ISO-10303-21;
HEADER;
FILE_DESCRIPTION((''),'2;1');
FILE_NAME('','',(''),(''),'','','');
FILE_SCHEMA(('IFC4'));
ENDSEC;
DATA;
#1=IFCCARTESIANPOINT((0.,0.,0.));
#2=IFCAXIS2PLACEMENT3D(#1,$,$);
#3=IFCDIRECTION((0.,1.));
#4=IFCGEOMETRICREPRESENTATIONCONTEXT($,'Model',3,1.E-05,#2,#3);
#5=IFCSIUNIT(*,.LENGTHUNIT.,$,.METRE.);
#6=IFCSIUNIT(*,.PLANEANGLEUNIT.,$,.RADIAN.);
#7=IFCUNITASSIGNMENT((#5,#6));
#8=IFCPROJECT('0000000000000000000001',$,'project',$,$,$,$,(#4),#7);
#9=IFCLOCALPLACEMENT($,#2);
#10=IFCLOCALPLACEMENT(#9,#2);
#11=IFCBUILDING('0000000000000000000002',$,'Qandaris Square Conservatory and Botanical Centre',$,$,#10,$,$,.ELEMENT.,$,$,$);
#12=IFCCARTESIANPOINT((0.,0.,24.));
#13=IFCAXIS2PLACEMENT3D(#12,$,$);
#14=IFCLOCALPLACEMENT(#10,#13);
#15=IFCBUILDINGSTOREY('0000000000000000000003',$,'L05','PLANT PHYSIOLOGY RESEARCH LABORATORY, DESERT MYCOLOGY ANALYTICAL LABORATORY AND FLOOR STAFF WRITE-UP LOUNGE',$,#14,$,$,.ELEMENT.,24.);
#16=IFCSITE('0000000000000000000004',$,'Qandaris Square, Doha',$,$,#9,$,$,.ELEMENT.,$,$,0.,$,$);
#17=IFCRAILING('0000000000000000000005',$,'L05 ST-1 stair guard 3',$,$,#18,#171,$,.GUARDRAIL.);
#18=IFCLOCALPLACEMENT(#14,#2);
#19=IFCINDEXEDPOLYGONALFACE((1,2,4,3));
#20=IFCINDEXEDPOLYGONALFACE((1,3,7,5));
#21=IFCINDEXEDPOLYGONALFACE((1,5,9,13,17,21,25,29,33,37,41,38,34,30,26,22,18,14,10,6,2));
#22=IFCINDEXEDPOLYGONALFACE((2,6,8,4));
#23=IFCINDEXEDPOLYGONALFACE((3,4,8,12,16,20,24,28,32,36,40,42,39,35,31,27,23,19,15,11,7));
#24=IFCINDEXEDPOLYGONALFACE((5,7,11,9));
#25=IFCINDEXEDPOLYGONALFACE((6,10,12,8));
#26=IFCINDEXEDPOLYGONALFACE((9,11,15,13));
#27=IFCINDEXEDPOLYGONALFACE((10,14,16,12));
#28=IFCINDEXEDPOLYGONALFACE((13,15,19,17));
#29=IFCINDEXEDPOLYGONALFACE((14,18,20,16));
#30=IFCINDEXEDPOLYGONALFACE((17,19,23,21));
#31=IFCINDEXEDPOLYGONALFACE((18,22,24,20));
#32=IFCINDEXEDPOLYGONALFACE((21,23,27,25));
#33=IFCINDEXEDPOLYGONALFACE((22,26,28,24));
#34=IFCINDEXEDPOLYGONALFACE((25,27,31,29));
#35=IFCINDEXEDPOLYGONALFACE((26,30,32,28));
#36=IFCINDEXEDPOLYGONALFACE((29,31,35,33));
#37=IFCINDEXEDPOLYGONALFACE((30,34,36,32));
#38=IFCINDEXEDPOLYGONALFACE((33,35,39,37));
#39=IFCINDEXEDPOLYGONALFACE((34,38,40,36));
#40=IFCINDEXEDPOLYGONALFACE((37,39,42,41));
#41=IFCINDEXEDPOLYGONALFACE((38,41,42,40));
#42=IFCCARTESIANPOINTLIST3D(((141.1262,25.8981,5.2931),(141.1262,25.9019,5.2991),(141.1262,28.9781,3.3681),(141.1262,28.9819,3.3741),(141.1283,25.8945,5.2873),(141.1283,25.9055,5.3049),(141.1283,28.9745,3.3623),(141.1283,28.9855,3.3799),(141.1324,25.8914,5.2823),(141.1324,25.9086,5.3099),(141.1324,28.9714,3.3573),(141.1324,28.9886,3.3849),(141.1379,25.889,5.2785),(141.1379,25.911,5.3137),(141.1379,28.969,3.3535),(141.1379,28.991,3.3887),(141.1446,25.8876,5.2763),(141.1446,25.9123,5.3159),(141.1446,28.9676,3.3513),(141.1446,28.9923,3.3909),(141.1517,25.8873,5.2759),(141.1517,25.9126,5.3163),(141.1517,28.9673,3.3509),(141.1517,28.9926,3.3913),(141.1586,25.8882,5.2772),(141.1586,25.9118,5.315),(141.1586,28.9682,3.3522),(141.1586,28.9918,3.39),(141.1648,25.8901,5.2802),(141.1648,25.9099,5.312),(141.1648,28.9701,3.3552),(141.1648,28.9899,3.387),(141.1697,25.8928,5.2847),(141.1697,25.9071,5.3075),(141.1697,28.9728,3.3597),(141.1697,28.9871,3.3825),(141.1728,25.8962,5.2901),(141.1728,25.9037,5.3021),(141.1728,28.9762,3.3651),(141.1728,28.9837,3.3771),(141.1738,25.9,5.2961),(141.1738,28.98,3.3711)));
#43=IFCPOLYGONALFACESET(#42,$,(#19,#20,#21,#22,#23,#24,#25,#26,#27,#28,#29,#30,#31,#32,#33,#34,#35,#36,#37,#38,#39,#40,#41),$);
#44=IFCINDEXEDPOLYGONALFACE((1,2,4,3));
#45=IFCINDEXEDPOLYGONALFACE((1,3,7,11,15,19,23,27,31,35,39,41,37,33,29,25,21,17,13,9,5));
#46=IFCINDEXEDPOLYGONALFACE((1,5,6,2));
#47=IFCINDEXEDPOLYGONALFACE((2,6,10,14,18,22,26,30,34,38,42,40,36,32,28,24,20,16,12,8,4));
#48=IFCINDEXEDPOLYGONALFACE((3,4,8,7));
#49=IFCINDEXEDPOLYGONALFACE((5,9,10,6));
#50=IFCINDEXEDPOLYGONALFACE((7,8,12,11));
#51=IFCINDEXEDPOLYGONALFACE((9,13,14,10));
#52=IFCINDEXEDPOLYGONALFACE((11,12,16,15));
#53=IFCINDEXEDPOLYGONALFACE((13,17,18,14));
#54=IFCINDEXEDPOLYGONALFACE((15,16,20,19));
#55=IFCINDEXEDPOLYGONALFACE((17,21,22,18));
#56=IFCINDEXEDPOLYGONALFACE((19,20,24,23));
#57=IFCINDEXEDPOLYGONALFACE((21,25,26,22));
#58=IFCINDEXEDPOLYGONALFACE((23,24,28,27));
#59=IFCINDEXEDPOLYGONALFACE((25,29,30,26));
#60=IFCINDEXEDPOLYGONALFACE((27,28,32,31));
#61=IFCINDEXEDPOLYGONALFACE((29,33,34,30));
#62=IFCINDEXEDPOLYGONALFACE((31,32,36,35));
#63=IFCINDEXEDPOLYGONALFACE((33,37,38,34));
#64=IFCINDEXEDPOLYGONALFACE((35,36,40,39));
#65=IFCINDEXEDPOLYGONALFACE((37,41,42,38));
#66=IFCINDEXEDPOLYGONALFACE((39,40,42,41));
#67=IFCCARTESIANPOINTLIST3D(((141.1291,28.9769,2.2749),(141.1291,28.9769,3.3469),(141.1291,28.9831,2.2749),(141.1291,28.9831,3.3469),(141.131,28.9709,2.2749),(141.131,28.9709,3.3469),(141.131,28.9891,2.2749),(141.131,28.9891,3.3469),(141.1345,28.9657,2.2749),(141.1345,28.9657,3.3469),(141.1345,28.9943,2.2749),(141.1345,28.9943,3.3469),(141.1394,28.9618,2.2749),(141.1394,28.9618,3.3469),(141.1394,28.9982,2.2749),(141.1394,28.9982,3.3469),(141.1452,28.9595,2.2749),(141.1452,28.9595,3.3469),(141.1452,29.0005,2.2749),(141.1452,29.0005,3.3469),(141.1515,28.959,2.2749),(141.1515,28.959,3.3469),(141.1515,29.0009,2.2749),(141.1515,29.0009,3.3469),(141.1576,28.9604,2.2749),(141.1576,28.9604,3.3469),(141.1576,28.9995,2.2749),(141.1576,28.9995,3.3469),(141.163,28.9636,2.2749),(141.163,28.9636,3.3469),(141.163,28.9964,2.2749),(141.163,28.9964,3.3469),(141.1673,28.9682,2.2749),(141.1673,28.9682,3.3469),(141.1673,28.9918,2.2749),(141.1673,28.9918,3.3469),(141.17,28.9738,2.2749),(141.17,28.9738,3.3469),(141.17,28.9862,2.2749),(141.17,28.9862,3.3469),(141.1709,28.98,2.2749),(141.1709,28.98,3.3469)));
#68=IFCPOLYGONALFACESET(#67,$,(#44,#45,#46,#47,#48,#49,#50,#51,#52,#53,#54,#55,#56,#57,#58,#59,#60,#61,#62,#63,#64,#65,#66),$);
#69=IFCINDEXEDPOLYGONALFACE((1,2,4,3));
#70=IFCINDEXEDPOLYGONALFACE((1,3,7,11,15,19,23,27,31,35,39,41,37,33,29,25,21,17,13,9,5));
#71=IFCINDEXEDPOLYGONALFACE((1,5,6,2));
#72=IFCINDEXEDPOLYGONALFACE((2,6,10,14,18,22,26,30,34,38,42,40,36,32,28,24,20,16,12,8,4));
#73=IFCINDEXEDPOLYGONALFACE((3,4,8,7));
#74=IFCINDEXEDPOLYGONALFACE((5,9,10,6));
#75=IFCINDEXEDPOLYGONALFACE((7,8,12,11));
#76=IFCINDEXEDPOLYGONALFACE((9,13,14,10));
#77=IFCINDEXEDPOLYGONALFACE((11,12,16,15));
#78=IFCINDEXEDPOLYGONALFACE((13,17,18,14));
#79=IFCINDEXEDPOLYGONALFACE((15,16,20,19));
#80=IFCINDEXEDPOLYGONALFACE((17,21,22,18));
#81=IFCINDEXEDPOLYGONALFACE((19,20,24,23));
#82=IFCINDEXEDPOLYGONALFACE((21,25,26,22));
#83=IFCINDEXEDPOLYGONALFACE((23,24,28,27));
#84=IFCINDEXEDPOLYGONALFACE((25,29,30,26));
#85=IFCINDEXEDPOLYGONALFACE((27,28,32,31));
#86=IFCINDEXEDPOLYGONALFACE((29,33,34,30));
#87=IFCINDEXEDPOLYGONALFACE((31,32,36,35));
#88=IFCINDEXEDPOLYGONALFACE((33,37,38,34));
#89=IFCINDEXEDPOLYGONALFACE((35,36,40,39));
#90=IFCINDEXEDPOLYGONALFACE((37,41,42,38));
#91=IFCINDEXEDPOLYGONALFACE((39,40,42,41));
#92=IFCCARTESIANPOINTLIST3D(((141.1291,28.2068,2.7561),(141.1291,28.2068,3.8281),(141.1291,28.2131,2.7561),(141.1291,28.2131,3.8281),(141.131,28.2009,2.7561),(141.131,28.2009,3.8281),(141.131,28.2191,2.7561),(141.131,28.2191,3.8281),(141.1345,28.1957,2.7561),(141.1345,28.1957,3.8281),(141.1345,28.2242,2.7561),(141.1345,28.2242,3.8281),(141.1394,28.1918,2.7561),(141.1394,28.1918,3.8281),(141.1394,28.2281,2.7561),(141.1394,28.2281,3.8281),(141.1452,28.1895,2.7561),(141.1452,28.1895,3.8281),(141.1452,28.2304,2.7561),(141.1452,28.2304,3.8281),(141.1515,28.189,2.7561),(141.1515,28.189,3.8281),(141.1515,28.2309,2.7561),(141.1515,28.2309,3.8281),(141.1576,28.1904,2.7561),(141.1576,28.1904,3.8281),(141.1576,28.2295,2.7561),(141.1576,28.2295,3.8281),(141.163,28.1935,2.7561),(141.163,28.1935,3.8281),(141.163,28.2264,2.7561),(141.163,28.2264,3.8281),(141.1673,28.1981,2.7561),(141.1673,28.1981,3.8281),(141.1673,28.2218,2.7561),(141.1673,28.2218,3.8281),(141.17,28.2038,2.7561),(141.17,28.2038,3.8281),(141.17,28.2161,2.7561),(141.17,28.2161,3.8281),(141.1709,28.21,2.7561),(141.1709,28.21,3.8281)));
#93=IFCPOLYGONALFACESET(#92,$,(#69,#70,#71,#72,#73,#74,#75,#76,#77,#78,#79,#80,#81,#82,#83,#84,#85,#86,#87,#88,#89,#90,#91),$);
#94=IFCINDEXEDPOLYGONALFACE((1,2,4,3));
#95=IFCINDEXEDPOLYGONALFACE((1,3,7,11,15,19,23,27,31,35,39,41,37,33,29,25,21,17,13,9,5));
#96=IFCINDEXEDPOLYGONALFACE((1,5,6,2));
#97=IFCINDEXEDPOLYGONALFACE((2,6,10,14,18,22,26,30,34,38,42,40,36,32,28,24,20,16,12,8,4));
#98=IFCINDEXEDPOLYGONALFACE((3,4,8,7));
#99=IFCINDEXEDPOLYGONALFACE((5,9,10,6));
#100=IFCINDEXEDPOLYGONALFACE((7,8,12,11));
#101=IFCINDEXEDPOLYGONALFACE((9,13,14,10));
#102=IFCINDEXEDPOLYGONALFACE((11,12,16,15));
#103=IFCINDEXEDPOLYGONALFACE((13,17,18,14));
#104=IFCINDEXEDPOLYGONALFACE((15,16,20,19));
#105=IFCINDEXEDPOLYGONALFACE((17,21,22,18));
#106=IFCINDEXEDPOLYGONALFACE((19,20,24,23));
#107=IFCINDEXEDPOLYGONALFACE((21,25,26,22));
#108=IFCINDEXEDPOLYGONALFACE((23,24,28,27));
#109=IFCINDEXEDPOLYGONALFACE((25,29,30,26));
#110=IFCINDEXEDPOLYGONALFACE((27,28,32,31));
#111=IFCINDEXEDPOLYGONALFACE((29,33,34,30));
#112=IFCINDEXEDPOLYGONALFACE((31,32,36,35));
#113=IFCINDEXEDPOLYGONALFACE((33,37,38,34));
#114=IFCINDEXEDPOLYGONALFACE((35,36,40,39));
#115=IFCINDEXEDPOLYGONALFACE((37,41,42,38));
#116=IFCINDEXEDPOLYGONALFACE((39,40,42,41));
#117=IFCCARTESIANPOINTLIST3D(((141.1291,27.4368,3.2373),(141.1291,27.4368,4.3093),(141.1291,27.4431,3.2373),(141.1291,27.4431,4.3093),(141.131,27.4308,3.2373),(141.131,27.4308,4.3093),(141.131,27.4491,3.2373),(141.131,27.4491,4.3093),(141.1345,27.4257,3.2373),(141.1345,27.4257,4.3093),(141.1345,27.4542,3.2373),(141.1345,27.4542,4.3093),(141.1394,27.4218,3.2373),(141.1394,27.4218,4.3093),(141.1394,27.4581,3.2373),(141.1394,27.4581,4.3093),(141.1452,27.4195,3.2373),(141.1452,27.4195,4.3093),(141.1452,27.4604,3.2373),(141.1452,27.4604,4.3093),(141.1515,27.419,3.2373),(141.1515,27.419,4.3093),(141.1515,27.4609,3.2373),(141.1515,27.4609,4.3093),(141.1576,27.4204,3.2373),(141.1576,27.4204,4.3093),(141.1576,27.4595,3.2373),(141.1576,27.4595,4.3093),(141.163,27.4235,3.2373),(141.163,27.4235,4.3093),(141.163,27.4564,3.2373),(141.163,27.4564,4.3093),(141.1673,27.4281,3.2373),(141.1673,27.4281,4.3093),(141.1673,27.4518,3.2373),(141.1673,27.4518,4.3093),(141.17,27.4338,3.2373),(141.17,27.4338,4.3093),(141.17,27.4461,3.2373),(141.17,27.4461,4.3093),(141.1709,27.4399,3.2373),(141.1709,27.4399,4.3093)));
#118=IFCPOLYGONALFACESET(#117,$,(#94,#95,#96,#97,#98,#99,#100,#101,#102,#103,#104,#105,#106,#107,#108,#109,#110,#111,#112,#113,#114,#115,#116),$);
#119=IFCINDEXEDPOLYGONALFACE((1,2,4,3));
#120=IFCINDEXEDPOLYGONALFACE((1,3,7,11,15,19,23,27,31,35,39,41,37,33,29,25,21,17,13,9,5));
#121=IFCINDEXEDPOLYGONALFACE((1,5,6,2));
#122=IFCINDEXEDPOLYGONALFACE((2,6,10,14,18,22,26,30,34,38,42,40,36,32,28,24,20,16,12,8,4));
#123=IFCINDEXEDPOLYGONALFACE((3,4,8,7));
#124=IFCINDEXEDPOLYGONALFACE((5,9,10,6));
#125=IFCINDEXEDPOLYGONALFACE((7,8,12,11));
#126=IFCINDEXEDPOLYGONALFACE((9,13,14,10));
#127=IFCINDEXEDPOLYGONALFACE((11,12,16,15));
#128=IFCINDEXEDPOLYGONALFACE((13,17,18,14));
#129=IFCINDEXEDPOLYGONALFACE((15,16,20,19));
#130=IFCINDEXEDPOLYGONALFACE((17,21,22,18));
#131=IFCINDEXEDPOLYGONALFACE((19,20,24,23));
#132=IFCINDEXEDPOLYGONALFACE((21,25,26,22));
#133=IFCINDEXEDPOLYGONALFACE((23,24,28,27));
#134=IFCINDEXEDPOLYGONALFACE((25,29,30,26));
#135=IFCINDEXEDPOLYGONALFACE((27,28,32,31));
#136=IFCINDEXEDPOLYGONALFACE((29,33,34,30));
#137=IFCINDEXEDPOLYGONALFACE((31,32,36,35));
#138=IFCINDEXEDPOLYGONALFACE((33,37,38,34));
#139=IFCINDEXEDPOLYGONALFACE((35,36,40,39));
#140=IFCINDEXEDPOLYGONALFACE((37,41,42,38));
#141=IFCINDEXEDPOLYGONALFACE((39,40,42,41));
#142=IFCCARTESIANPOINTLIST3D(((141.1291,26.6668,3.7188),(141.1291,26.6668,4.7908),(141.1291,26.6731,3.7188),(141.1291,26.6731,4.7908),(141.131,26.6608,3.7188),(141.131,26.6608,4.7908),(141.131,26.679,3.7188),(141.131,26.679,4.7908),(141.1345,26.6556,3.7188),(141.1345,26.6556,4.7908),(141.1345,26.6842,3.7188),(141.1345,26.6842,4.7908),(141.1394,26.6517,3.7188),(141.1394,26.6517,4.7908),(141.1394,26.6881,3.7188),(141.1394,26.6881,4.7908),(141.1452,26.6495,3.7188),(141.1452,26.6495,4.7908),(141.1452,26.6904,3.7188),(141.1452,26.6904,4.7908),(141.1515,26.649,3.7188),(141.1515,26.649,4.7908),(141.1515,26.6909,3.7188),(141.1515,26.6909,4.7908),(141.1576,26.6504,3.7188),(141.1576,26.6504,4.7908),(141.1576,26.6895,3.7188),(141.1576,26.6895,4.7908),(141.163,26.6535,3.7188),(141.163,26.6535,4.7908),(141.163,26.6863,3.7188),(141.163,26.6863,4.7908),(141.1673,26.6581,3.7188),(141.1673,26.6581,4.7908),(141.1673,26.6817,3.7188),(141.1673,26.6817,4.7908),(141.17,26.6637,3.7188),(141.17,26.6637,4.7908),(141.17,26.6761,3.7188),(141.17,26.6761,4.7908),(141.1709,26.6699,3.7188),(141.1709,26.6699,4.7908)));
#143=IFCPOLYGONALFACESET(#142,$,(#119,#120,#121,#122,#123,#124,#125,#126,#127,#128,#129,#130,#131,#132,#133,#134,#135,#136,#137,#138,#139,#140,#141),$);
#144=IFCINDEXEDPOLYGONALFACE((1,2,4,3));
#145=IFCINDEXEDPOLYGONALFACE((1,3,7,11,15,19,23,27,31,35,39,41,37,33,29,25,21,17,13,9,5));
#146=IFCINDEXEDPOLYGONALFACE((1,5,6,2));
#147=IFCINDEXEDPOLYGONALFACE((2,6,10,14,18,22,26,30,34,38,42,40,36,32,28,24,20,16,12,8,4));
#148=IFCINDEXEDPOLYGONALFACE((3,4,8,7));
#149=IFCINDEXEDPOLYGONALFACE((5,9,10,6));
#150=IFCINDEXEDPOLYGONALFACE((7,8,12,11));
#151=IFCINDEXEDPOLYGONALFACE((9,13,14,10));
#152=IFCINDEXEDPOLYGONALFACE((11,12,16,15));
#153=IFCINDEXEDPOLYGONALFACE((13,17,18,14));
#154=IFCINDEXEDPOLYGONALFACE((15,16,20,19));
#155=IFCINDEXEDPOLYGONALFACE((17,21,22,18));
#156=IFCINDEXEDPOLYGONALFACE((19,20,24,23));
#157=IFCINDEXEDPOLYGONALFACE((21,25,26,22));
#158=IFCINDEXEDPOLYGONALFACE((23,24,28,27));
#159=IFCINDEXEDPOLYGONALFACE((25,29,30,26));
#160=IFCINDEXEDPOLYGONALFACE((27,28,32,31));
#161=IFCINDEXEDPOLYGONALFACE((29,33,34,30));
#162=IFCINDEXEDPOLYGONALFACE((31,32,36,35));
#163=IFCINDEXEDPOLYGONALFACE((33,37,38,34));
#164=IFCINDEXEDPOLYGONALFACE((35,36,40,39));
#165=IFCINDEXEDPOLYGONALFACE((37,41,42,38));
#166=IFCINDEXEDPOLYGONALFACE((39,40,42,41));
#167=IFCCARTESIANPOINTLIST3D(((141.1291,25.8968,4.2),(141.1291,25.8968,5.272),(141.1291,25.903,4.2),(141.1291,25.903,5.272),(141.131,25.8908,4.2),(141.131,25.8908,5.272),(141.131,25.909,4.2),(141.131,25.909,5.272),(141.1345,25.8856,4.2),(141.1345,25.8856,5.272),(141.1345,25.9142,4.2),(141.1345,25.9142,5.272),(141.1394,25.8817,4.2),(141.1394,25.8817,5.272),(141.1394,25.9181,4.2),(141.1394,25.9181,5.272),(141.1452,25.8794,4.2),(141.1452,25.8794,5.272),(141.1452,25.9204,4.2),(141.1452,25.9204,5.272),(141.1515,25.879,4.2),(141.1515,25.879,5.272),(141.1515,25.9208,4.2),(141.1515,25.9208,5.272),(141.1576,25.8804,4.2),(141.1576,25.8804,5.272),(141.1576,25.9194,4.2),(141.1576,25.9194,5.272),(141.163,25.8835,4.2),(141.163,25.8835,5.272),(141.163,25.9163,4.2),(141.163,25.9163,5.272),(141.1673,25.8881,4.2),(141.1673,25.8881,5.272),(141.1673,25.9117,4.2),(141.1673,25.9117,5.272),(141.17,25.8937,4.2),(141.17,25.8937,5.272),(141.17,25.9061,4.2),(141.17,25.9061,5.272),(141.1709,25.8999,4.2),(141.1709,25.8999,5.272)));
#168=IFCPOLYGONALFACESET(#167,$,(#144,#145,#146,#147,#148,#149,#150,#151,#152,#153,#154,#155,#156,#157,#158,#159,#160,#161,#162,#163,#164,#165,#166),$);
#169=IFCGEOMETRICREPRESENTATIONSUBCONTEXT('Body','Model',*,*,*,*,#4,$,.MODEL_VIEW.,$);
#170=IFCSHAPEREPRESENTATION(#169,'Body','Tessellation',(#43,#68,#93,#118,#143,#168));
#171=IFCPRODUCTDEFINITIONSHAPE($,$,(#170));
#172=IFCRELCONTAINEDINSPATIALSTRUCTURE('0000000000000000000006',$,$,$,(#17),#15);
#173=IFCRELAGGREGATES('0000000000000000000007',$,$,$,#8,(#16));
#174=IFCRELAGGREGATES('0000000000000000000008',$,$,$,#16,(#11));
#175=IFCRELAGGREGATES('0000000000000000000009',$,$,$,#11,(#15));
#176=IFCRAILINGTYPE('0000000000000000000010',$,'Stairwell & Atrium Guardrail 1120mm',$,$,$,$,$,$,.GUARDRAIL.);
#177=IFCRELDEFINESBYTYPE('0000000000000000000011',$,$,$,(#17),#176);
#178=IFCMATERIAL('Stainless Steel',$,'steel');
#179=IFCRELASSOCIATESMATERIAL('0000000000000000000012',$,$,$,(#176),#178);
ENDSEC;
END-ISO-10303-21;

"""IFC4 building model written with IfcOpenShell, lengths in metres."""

from ifc_helpers import new_model, si_unit, direction, frame, origin, origin_2d, place, context, subcontext, project, spatial, circle, extrude, material, type_object, element, save


model = new_model("IFC4")

# Units and contexts
model_context = context("Model", 3, precision=1e-05, world=origin(), true_north=direction((0.0, 1.0)))
body_context = subcontext(model_context, "Body", "Model", "MODEL_VIEW")
ifc_project = project(units=[si_unit("LENGTHUNIT", "METRE"), si_unit("PLANEANGLEUNIT", "RADIAN")], contexts=[model_context])

# Site, building, storey
site_placement = place(None, origin())
site = spatial("IfcSite", under=ifc_project, at=site_placement, Name="Qandaris Square, Doha", CompositionType="ELEMENT", RefElevation=0.0)
building_placement = place(site_placement, origin())
building = spatial("IfcBuilding", under=site, at=building_placement, Name="Qandaris Square Conservatory and Botanical Centre", CompositionType="ELEMENT")
storey_placement = place(building_placement, frame((0.0, 0.0, 24.0)))
storey = spatial("IfcBuildingStorey", under=building, at=storey_placement, Name="L05", Description="PLANT PHYSIOLOGY RESEARCH LABORATORY, DESERT MYCOLOGY ANALYTICAL LABORATORY AND FLOOR STAFF WRITE-UP LOUNGE", CompositionType="ELEMENT", Elevation=24.0)

# Railing
ifc_material_1 = material(Name="Stainless Steel", Category="steel")
railing_type = type_object("IfcRailingType", Name="Stairwell & Atrium Guardrail 1120mm", PredefinedType="GUARDRAIL", material=ifc_material_1)
railing_1_placement = place(storey_placement, frame((141.1499, 28.98, 2.2749)))
element("IfcRailing", 1, at=railing_1_placement, inside=storey, type_object=railing_type, Name="L05 ST-1 stair guard 3", PredefinedType="GUARDRAIL", context=body_context, shape_type="SweptSolid", body=[
    extrude(circle(Radius=0.0239, at=origin_2d()), frame((0.0, 0.0, 1.0962), z_axis=(0.0, -0.847998, 0.529999), x_axis=(1.0, 0.0, 0.0)), (0.0, 0.0, 1.0), 3.6321),
    extrude(circle(Radius=0.021, at=origin_2d()), origin(), (0.0, 0.0, 1.0), 1.072),
    extrude(circle(Radius=0.021, at=origin_2d()), frame((0.0, -0.77, 0.4812)), (0.0, 0.0, 1.0), 1.072),
    extrude(circle(Radius=0.021, at=origin_2d()), frame((0.0, -1.54, 0.9624)), (0.0, 0.0, 1.0), 1.072),
    extrude(circle(Radius=0.021, at=origin_2d()), frame((0.0, -2.3101, 1.4438)), (0.0, 0.0, 1.0), 1.072),
    extrude(circle(Radius=0.021, at=origin_2d()), frame((0.0, -3.0801, 1.925)), (0.0, 0.0, 1.0), 1.072),
])

save(model, "model.ifc")
